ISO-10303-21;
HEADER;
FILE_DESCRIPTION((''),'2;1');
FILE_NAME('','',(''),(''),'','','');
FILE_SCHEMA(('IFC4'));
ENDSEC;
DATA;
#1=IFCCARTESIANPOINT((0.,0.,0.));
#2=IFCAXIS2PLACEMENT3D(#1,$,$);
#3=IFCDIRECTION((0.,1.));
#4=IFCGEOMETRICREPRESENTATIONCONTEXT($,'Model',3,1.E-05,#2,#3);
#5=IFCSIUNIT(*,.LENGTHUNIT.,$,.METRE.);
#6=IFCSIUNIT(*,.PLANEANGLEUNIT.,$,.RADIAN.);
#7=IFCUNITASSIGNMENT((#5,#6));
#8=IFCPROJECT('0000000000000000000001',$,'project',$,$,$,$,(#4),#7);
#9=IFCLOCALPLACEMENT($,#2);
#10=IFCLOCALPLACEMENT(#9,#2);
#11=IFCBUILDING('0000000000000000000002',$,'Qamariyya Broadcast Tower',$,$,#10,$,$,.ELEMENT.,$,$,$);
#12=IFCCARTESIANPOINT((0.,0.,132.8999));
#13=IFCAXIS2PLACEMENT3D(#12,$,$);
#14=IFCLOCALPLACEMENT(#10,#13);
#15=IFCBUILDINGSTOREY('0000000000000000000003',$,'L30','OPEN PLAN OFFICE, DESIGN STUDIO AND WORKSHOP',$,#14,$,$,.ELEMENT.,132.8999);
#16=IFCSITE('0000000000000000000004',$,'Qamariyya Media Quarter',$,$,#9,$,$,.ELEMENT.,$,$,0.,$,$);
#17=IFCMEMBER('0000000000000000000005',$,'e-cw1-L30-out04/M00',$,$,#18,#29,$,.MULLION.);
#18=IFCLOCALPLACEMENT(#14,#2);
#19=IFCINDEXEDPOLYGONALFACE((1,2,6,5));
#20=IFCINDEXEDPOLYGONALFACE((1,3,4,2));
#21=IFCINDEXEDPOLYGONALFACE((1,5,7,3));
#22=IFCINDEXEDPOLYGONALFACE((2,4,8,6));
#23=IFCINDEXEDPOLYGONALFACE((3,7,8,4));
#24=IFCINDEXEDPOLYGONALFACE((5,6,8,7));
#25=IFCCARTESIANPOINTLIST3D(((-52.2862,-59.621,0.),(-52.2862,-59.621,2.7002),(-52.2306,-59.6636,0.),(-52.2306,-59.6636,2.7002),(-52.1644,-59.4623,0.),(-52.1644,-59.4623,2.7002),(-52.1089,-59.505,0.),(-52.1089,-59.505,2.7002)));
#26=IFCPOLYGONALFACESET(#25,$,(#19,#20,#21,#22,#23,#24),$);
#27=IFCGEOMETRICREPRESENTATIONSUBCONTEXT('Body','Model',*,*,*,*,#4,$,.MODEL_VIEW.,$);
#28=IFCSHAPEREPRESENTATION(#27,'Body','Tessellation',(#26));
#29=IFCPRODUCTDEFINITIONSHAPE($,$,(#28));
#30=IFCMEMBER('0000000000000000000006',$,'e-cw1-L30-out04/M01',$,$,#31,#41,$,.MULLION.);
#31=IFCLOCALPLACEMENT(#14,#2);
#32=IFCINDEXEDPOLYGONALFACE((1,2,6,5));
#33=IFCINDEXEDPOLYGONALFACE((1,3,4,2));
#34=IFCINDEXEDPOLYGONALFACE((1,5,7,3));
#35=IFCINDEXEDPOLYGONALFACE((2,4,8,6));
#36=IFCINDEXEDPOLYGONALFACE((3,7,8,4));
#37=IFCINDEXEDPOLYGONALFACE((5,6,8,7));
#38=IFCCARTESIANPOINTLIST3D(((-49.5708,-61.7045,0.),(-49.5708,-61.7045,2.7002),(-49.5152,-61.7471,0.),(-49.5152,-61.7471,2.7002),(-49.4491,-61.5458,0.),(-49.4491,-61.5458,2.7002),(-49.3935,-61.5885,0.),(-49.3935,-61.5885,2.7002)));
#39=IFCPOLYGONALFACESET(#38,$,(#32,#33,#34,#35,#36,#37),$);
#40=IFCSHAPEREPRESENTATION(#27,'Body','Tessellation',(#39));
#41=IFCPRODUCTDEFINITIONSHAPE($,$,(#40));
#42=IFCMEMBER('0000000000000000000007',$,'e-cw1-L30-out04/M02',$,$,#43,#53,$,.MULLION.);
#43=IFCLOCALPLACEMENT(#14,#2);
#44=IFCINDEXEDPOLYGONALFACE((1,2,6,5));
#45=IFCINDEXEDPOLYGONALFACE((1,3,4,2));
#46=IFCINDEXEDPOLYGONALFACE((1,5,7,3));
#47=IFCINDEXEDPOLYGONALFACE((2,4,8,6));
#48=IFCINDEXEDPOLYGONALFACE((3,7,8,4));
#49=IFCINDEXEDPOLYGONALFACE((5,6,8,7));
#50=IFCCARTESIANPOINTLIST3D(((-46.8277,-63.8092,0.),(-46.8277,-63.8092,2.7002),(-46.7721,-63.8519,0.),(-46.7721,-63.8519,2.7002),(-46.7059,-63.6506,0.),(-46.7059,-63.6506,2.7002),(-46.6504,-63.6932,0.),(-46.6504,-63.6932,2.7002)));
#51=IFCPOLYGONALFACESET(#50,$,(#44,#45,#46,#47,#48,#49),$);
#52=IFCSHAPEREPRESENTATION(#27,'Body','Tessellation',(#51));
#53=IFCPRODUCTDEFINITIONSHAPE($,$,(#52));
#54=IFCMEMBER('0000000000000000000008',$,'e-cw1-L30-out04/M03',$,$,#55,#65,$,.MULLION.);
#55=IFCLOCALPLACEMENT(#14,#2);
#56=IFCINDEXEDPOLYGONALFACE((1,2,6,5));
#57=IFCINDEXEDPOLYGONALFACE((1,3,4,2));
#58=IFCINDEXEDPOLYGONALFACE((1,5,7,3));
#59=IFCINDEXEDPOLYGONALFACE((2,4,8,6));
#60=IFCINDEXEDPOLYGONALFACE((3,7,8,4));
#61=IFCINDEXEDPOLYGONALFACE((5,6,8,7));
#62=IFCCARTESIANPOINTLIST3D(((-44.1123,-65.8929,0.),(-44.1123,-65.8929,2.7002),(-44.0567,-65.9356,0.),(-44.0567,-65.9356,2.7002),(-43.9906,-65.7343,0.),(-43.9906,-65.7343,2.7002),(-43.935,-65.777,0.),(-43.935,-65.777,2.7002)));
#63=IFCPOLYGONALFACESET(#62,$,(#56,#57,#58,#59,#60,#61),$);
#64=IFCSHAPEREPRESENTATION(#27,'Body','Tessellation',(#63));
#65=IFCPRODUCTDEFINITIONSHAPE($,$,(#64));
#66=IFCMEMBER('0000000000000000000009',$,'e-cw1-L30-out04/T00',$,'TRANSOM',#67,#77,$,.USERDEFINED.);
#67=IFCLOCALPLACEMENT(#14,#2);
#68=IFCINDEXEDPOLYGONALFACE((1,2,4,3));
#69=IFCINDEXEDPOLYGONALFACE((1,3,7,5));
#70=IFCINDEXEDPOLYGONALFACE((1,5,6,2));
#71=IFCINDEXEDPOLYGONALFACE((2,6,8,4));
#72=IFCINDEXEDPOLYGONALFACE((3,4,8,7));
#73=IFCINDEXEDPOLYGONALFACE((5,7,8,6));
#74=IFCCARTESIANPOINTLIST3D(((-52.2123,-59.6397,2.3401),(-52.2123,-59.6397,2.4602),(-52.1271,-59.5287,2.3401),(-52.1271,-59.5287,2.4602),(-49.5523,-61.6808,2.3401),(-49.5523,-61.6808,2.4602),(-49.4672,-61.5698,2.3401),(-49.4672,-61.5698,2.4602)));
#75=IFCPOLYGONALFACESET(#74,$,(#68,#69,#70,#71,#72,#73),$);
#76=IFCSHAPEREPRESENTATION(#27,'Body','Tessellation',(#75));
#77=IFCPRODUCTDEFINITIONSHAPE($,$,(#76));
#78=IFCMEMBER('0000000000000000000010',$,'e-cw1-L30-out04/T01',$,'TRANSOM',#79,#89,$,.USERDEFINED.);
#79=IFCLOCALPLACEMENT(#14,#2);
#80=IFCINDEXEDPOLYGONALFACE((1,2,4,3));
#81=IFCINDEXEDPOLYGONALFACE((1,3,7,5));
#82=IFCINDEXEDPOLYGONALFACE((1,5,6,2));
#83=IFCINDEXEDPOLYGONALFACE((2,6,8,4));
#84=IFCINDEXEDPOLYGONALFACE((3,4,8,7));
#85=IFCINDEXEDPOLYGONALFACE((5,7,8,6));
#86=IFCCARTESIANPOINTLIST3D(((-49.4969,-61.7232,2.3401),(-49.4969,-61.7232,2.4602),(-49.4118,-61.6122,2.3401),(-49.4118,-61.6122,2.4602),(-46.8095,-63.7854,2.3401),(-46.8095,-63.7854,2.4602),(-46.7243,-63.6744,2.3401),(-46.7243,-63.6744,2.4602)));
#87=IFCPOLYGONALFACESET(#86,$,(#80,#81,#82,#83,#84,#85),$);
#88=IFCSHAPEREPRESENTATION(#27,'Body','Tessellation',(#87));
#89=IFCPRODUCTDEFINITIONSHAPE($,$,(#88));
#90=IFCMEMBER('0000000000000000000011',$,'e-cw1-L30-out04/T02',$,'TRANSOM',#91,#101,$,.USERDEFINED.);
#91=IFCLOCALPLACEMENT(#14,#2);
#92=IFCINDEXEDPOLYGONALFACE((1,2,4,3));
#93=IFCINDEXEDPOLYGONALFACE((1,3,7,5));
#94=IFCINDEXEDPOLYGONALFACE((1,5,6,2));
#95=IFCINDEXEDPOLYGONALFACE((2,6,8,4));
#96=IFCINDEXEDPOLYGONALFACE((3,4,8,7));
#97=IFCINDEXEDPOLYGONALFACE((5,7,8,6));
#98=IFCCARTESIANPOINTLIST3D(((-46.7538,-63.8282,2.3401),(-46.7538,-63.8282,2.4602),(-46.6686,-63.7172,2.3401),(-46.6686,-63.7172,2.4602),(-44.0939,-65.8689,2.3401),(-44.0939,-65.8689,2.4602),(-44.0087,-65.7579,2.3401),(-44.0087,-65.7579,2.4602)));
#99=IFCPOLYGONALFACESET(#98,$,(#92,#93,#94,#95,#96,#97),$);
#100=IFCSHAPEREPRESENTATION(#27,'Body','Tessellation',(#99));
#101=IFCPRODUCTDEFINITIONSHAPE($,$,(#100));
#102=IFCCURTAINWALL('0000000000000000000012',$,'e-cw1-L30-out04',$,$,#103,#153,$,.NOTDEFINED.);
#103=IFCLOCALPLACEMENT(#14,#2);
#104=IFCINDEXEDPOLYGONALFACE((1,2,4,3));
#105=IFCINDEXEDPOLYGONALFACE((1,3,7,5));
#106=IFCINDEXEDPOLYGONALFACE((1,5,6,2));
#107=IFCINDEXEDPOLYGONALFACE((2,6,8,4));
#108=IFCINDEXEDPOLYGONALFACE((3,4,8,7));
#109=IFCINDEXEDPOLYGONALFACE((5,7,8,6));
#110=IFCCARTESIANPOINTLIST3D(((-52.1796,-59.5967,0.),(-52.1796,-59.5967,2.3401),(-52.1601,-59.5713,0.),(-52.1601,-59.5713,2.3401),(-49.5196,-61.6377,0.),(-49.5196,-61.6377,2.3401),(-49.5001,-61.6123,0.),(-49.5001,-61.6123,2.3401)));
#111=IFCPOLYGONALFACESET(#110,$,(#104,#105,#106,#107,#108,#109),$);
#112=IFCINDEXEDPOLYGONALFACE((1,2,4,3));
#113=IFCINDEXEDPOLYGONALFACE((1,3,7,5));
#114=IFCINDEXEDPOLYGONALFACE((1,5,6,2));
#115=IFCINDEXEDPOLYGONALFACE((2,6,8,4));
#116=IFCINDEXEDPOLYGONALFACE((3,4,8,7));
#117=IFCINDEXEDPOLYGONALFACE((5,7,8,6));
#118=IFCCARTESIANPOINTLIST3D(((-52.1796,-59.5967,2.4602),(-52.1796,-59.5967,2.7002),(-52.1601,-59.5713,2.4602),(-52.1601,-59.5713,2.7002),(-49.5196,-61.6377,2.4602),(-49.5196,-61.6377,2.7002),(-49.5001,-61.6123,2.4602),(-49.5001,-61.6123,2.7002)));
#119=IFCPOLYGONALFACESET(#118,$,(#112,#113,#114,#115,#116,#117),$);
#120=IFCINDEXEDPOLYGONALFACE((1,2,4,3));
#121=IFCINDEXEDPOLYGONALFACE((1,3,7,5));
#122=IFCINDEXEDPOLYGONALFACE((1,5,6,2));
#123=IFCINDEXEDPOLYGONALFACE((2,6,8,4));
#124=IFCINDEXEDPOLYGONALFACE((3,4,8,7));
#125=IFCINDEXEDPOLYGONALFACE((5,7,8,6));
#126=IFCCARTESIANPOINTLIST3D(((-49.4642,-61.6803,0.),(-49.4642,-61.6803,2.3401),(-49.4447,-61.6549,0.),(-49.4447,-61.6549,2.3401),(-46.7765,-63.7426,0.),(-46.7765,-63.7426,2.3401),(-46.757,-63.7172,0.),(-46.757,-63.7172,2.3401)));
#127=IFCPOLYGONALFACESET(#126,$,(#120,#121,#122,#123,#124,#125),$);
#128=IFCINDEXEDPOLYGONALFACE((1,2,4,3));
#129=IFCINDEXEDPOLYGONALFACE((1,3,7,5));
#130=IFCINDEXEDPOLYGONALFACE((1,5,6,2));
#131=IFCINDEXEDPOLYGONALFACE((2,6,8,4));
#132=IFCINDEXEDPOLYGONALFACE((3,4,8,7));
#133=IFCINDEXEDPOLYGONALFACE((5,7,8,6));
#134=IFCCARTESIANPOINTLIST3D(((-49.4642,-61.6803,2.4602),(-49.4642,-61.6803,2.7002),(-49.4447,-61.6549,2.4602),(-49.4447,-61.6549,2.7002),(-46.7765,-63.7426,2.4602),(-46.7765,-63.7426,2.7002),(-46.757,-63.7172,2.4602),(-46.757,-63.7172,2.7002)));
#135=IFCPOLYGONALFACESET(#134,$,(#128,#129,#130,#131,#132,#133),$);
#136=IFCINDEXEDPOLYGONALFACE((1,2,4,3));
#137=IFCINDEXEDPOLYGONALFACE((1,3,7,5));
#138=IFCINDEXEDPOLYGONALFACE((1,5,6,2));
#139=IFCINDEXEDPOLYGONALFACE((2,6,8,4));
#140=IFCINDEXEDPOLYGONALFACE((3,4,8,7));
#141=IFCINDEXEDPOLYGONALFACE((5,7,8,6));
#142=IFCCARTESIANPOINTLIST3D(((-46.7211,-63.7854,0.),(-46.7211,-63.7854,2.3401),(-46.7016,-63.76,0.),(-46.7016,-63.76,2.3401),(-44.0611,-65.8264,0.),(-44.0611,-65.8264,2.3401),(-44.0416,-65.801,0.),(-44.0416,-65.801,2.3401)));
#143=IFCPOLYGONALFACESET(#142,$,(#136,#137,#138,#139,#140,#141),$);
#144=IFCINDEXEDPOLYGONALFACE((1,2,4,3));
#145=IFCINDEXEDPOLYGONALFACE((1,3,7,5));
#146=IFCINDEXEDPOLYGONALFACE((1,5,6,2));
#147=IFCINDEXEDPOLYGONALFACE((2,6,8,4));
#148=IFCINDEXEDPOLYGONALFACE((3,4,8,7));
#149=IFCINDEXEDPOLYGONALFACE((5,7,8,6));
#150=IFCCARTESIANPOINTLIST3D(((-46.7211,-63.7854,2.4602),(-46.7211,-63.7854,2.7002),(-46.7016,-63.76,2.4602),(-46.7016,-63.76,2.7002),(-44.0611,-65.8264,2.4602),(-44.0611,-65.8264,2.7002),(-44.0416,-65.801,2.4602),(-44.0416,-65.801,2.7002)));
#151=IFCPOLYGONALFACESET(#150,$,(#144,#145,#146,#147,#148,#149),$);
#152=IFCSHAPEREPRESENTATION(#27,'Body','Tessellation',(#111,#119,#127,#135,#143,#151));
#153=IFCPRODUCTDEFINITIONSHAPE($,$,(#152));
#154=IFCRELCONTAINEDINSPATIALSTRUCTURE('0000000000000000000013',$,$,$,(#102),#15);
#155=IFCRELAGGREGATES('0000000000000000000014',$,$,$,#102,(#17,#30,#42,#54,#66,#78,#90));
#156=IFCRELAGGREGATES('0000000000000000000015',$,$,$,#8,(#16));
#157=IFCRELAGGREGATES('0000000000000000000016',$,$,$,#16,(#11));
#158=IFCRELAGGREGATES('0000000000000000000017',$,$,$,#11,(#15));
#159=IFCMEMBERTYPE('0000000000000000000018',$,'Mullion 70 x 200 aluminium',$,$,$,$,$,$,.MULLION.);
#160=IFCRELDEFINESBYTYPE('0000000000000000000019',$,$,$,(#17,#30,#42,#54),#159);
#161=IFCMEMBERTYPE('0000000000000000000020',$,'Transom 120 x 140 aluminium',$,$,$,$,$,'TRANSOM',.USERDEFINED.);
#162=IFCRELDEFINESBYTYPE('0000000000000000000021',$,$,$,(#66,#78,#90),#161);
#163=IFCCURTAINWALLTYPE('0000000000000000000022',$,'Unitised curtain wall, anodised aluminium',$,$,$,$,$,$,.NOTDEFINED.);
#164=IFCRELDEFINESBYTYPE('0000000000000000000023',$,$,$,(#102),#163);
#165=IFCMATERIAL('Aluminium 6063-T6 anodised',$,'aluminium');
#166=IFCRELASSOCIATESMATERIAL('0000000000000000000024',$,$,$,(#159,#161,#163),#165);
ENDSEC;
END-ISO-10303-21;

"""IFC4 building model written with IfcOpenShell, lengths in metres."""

from ifc_helpers import new_model, si_unit, direction, frame, origin, origin_2d, place, context, subcontext, project, spatial, rectangle, extrude, material, material_profile, profile_set, type_object, element, aggregate, save


model = new_model("IFC4")

# Units and contexts
model_context = context("Model", 3, precision=1e-05, world=origin(), true_north=direction((0.0, 1.0)))
body_context = subcontext(model_context, "Body", "Model", "MODEL_VIEW")
ifc_project = project(units=[si_unit("LENGTHUNIT", "METRE"), si_unit("PLANEANGLEUNIT", "RADIAN")], contexts=[model_context])

# Members
ifc_material = material(Name="Aluminium 6063-T6 anodised", Category="aluminium")
ifc_material_profile_1 = material_profile(ifc_material, rectangle(XDim=0.2, YDim=0.0701, at=origin_2d()))
ifc_profile_set_1 = profile_set([ifc_material_profile_1], Name="Aluminium 6063-T6 anodised")
member_type_1 = type_object("IfcMemberType", Name="Mullion 70 x 200 aluminium", PredefinedType="MULLION", material=ifc_profile_set_1)
site_placement = place(None, origin())
building_placement = place(site_placement, origin())
storey_placement = place(building_placement, frame((0.0, 0.0, 132.8999)))
member_1_placement = place(storey_placement, frame((-52.1975, -59.563, 0.0), z_axis=(0.0, 0.0, 1.0), x_axis=(0.608761, 0.793353, 0.0)))
member_1 = element("IfcMember", 1, at=member_1_placement, type_object=member_type_1, Name="e-cw1-L30-out04/M00", PredefinedType="MULLION", context=body_context, shape_type="SweptSolid", body=[
    extrude(rectangle(XDim=0.2, YDim=0.0701, at=origin_2d()), origin(), (0.0, 0.0, 1.0), 2.7002),
])
member_2_placement = place(storey_placement, frame((-49.4822, -61.6465, 0.0), z_axis=(0.0, 0.0, 1.0), x_axis=(0.608761, 0.793353, 0.0)))
member_2 = element("IfcMember", 2, at=member_2_placement, type_object=member_type_1, Name="e-cw1-L30-out04/M01", PredefinedType="MULLION", context=body_context, shape_type="SweptSolid", body=[
    extrude(rectangle(XDim=0.2, YDim=0.0701, at=origin_2d()), origin(), (0.0, 0.0, 1.0), 2.7002),
])
member_3_placement = place(storey_placement, frame((-46.739, -63.7512, 0.0), z_axis=(0.0, 0.0, 1.0), x_axis=(0.608761, 0.793353, 0.0)))
member_3 = element("IfcMember", 3, at=member_3_placement, type_object=member_type_1, Name="e-cw1-L30-out04/M02", PredefinedType="MULLION", context=body_context, shape_type="SweptSolid", body=[
    extrude(rectangle(XDim=0.2, YDim=0.0701, at=origin_2d()), origin(), (0.0, 0.0, 1.0), 2.7002),
])
member_4_placement = place(storey_placement, frame((-44.0237, -65.835, 0.0), z_axis=(0.0, 0.0, 1.0), x_axis=(0.608761, 0.793353, 0.0)))
member_4 = element("IfcMember", 4, at=member_4_placement, type_object=member_type_1, Name="e-cw1-L30-out04/M03", PredefinedType="MULLION", context=body_context, shape_type="SweptSolid", body=[
    extrude(rectangle(XDim=0.2, YDim=0.0701, at=origin_2d()), origin(), (0.0, 0.0, 1.0), 2.7002),
])
ifc_material_profile_2 = material_profile(ifc_material, rectangle(XDim=0.1399, YDim=0.1201, at=origin_2d()))
ifc_profile_set_2 = profile_set([ifc_material_profile_2], Name="Aluminium 6063-T6 anodised")
member_type_2 = type_object("IfcMemberType", Name="Transom 120 x 140 aluminium", ElementType="TRANSOM", PredefinedType="USERDEFINED", material=ifc_profile_set_2)
member_5_placement = place(storey_placement, frame((-52.1697, -59.5842, 2.4001), z_axis=(0.793354, -0.60876, 0.0), x_axis=(0.60876, 0.793354, 0.0)))
member_5 = element("IfcMember", 5, at=member_5_placement, type_object=member_type_2, Name="e-cw1-L30-out04/T00", ObjectType="TRANSOM", PredefinedType="USERDEFINED", context=body_context, shape_type="SweptSolid", body=[
    extrude(rectangle(XDim=0.1399, YDim=0.1201, at=origin_2d()), origin(), (0.0, 0.0, 1.0), 3.3528),
])
member_6_placement = place(storey_placement, frame((-49.4543, -61.6677, 2.4001), z_axis=(0.793344, -0.608773, 0.0), x_axis=(0.608773, 0.793344, 0.0)))
member_6 = element("IfcMember", 6, at=member_6_placement, type_object=member_type_2, Name="e-cw1-L30-out04/T01", ObjectType="TRANSOM", PredefinedType="USERDEFINED", context=body_context, shape_type="SweptSolid", body=[
    extrude(rectangle(XDim=0.1399, YDim=0.1201, at=origin_2d()), origin(), (0.0, 0.0, 1.0), 3.3875),
])
member_7_placement = place(storey_placement, frame((-46.7112, -63.7727, 2.4001), z_axis=(0.793389, -0.608714, 0.0), x_axis=(0.608714, 0.793389, 0.0)))
member_7 = element("IfcMember", 7, at=member_7_placement, type_object=member_type_2, Name="e-cw1-L30-out04/T02", ObjectType="TRANSOM", PredefinedType="USERDEFINED", context=body_context, shape_type="SweptSolid", body=[
    extrude(rectangle(XDim=0.1399, YDim=0.1201, at=origin_2d()), origin(), (0.0, 0.0, 1.0), 3.3525),
])

# Site, building, storey
site = spatial("IfcSite", under=ifc_project, at=site_placement, Name="Qamariyya Media Quarter", CompositionType="ELEMENT", RefElevation=0.0)
building = spatial("IfcBuilding", under=site, at=building_placement, Name="Qamariyya Broadcast Tower", CompositionType="ELEMENT")
storey = spatial("IfcBuildingStorey", under=building, at=storey_placement, Name="L30", Description="OPEN PLAN OFFICE, DESIGN STUDIO AND WORKSHOP", CompositionType="ELEMENT", Elevation=132.8999)

# Curtain wall
curtain_wall_type = type_object("IfcCurtainWallType", Name="Unitised curtain wall, anodised aluminium", PredefinedType="NOTDEFINED", material=ifc_material)
curtain_wall_1_placement = place(storey_placement, origin())
curtain_wall_1 = element("IfcCurtainWall", 8, at=curtain_wall_1_placement, inside=storey, type_object=curtain_wall_type, Name="e-cw1-L30-out04", PredefinedType="NOTDEFINED", context=body_context, shape_type="SweptSolid", body=[
    extrude(rectangle(XDim=3.3528, YDim=0.032, at=origin_2d()), frame((-50.8398, -60.6045, 0.0), x_axis=(0.793354, -0.608761, 0.0)), (0.0, 0.0, 1.0), 2.3401),
    extrude(rectangle(XDim=3.3528, YDim=0.032, at=origin_2d()), frame((-50.8398, -60.6045, 2.4602), x_axis=(0.793354, -0.608761, 0.0)), (0.0, 0.0, 1.0), 0.24),
    extrude(rectangle(XDim=3.3877, YDim=0.032, at=origin_2d()), frame((-48.1106, -62.6987, 0.0), x_axis=(0.793354, -0.608761, 0.0)), (0.0, 0.0, 1.0), 2.3401),
    extrude(rectangle(XDim=3.3877, YDim=0.032, at=origin_2d()), frame((-48.1106, -62.6987, 2.4602), x_axis=(0.793354, -0.608761, 0.0)), (0.0, 0.0, 1.0), 0.24),
    extrude(rectangle(XDim=3.3528, YDim=0.032, at=origin_2d()), frame((-45.3813, -64.7932, 0.0), x_axis=(0.793354, -0.608761, 0.0)), (0.0, 0.0, 1.0), 2.3401),
    extrude(rectangle(XDim=3.3528, YDim=0.032, at=origin_2d()), frame((-45.3813, -64.7932, 2.4602), x_axis=(0.793354, -0.608761, 0.0)), (0.0, 0.0, 1.0), 0.24),
])
aggregate(curtain_wall_1, [member_1, member_2, member_3, member_4, member_5, member_6, member_7])

save(model, "model.ifc")
